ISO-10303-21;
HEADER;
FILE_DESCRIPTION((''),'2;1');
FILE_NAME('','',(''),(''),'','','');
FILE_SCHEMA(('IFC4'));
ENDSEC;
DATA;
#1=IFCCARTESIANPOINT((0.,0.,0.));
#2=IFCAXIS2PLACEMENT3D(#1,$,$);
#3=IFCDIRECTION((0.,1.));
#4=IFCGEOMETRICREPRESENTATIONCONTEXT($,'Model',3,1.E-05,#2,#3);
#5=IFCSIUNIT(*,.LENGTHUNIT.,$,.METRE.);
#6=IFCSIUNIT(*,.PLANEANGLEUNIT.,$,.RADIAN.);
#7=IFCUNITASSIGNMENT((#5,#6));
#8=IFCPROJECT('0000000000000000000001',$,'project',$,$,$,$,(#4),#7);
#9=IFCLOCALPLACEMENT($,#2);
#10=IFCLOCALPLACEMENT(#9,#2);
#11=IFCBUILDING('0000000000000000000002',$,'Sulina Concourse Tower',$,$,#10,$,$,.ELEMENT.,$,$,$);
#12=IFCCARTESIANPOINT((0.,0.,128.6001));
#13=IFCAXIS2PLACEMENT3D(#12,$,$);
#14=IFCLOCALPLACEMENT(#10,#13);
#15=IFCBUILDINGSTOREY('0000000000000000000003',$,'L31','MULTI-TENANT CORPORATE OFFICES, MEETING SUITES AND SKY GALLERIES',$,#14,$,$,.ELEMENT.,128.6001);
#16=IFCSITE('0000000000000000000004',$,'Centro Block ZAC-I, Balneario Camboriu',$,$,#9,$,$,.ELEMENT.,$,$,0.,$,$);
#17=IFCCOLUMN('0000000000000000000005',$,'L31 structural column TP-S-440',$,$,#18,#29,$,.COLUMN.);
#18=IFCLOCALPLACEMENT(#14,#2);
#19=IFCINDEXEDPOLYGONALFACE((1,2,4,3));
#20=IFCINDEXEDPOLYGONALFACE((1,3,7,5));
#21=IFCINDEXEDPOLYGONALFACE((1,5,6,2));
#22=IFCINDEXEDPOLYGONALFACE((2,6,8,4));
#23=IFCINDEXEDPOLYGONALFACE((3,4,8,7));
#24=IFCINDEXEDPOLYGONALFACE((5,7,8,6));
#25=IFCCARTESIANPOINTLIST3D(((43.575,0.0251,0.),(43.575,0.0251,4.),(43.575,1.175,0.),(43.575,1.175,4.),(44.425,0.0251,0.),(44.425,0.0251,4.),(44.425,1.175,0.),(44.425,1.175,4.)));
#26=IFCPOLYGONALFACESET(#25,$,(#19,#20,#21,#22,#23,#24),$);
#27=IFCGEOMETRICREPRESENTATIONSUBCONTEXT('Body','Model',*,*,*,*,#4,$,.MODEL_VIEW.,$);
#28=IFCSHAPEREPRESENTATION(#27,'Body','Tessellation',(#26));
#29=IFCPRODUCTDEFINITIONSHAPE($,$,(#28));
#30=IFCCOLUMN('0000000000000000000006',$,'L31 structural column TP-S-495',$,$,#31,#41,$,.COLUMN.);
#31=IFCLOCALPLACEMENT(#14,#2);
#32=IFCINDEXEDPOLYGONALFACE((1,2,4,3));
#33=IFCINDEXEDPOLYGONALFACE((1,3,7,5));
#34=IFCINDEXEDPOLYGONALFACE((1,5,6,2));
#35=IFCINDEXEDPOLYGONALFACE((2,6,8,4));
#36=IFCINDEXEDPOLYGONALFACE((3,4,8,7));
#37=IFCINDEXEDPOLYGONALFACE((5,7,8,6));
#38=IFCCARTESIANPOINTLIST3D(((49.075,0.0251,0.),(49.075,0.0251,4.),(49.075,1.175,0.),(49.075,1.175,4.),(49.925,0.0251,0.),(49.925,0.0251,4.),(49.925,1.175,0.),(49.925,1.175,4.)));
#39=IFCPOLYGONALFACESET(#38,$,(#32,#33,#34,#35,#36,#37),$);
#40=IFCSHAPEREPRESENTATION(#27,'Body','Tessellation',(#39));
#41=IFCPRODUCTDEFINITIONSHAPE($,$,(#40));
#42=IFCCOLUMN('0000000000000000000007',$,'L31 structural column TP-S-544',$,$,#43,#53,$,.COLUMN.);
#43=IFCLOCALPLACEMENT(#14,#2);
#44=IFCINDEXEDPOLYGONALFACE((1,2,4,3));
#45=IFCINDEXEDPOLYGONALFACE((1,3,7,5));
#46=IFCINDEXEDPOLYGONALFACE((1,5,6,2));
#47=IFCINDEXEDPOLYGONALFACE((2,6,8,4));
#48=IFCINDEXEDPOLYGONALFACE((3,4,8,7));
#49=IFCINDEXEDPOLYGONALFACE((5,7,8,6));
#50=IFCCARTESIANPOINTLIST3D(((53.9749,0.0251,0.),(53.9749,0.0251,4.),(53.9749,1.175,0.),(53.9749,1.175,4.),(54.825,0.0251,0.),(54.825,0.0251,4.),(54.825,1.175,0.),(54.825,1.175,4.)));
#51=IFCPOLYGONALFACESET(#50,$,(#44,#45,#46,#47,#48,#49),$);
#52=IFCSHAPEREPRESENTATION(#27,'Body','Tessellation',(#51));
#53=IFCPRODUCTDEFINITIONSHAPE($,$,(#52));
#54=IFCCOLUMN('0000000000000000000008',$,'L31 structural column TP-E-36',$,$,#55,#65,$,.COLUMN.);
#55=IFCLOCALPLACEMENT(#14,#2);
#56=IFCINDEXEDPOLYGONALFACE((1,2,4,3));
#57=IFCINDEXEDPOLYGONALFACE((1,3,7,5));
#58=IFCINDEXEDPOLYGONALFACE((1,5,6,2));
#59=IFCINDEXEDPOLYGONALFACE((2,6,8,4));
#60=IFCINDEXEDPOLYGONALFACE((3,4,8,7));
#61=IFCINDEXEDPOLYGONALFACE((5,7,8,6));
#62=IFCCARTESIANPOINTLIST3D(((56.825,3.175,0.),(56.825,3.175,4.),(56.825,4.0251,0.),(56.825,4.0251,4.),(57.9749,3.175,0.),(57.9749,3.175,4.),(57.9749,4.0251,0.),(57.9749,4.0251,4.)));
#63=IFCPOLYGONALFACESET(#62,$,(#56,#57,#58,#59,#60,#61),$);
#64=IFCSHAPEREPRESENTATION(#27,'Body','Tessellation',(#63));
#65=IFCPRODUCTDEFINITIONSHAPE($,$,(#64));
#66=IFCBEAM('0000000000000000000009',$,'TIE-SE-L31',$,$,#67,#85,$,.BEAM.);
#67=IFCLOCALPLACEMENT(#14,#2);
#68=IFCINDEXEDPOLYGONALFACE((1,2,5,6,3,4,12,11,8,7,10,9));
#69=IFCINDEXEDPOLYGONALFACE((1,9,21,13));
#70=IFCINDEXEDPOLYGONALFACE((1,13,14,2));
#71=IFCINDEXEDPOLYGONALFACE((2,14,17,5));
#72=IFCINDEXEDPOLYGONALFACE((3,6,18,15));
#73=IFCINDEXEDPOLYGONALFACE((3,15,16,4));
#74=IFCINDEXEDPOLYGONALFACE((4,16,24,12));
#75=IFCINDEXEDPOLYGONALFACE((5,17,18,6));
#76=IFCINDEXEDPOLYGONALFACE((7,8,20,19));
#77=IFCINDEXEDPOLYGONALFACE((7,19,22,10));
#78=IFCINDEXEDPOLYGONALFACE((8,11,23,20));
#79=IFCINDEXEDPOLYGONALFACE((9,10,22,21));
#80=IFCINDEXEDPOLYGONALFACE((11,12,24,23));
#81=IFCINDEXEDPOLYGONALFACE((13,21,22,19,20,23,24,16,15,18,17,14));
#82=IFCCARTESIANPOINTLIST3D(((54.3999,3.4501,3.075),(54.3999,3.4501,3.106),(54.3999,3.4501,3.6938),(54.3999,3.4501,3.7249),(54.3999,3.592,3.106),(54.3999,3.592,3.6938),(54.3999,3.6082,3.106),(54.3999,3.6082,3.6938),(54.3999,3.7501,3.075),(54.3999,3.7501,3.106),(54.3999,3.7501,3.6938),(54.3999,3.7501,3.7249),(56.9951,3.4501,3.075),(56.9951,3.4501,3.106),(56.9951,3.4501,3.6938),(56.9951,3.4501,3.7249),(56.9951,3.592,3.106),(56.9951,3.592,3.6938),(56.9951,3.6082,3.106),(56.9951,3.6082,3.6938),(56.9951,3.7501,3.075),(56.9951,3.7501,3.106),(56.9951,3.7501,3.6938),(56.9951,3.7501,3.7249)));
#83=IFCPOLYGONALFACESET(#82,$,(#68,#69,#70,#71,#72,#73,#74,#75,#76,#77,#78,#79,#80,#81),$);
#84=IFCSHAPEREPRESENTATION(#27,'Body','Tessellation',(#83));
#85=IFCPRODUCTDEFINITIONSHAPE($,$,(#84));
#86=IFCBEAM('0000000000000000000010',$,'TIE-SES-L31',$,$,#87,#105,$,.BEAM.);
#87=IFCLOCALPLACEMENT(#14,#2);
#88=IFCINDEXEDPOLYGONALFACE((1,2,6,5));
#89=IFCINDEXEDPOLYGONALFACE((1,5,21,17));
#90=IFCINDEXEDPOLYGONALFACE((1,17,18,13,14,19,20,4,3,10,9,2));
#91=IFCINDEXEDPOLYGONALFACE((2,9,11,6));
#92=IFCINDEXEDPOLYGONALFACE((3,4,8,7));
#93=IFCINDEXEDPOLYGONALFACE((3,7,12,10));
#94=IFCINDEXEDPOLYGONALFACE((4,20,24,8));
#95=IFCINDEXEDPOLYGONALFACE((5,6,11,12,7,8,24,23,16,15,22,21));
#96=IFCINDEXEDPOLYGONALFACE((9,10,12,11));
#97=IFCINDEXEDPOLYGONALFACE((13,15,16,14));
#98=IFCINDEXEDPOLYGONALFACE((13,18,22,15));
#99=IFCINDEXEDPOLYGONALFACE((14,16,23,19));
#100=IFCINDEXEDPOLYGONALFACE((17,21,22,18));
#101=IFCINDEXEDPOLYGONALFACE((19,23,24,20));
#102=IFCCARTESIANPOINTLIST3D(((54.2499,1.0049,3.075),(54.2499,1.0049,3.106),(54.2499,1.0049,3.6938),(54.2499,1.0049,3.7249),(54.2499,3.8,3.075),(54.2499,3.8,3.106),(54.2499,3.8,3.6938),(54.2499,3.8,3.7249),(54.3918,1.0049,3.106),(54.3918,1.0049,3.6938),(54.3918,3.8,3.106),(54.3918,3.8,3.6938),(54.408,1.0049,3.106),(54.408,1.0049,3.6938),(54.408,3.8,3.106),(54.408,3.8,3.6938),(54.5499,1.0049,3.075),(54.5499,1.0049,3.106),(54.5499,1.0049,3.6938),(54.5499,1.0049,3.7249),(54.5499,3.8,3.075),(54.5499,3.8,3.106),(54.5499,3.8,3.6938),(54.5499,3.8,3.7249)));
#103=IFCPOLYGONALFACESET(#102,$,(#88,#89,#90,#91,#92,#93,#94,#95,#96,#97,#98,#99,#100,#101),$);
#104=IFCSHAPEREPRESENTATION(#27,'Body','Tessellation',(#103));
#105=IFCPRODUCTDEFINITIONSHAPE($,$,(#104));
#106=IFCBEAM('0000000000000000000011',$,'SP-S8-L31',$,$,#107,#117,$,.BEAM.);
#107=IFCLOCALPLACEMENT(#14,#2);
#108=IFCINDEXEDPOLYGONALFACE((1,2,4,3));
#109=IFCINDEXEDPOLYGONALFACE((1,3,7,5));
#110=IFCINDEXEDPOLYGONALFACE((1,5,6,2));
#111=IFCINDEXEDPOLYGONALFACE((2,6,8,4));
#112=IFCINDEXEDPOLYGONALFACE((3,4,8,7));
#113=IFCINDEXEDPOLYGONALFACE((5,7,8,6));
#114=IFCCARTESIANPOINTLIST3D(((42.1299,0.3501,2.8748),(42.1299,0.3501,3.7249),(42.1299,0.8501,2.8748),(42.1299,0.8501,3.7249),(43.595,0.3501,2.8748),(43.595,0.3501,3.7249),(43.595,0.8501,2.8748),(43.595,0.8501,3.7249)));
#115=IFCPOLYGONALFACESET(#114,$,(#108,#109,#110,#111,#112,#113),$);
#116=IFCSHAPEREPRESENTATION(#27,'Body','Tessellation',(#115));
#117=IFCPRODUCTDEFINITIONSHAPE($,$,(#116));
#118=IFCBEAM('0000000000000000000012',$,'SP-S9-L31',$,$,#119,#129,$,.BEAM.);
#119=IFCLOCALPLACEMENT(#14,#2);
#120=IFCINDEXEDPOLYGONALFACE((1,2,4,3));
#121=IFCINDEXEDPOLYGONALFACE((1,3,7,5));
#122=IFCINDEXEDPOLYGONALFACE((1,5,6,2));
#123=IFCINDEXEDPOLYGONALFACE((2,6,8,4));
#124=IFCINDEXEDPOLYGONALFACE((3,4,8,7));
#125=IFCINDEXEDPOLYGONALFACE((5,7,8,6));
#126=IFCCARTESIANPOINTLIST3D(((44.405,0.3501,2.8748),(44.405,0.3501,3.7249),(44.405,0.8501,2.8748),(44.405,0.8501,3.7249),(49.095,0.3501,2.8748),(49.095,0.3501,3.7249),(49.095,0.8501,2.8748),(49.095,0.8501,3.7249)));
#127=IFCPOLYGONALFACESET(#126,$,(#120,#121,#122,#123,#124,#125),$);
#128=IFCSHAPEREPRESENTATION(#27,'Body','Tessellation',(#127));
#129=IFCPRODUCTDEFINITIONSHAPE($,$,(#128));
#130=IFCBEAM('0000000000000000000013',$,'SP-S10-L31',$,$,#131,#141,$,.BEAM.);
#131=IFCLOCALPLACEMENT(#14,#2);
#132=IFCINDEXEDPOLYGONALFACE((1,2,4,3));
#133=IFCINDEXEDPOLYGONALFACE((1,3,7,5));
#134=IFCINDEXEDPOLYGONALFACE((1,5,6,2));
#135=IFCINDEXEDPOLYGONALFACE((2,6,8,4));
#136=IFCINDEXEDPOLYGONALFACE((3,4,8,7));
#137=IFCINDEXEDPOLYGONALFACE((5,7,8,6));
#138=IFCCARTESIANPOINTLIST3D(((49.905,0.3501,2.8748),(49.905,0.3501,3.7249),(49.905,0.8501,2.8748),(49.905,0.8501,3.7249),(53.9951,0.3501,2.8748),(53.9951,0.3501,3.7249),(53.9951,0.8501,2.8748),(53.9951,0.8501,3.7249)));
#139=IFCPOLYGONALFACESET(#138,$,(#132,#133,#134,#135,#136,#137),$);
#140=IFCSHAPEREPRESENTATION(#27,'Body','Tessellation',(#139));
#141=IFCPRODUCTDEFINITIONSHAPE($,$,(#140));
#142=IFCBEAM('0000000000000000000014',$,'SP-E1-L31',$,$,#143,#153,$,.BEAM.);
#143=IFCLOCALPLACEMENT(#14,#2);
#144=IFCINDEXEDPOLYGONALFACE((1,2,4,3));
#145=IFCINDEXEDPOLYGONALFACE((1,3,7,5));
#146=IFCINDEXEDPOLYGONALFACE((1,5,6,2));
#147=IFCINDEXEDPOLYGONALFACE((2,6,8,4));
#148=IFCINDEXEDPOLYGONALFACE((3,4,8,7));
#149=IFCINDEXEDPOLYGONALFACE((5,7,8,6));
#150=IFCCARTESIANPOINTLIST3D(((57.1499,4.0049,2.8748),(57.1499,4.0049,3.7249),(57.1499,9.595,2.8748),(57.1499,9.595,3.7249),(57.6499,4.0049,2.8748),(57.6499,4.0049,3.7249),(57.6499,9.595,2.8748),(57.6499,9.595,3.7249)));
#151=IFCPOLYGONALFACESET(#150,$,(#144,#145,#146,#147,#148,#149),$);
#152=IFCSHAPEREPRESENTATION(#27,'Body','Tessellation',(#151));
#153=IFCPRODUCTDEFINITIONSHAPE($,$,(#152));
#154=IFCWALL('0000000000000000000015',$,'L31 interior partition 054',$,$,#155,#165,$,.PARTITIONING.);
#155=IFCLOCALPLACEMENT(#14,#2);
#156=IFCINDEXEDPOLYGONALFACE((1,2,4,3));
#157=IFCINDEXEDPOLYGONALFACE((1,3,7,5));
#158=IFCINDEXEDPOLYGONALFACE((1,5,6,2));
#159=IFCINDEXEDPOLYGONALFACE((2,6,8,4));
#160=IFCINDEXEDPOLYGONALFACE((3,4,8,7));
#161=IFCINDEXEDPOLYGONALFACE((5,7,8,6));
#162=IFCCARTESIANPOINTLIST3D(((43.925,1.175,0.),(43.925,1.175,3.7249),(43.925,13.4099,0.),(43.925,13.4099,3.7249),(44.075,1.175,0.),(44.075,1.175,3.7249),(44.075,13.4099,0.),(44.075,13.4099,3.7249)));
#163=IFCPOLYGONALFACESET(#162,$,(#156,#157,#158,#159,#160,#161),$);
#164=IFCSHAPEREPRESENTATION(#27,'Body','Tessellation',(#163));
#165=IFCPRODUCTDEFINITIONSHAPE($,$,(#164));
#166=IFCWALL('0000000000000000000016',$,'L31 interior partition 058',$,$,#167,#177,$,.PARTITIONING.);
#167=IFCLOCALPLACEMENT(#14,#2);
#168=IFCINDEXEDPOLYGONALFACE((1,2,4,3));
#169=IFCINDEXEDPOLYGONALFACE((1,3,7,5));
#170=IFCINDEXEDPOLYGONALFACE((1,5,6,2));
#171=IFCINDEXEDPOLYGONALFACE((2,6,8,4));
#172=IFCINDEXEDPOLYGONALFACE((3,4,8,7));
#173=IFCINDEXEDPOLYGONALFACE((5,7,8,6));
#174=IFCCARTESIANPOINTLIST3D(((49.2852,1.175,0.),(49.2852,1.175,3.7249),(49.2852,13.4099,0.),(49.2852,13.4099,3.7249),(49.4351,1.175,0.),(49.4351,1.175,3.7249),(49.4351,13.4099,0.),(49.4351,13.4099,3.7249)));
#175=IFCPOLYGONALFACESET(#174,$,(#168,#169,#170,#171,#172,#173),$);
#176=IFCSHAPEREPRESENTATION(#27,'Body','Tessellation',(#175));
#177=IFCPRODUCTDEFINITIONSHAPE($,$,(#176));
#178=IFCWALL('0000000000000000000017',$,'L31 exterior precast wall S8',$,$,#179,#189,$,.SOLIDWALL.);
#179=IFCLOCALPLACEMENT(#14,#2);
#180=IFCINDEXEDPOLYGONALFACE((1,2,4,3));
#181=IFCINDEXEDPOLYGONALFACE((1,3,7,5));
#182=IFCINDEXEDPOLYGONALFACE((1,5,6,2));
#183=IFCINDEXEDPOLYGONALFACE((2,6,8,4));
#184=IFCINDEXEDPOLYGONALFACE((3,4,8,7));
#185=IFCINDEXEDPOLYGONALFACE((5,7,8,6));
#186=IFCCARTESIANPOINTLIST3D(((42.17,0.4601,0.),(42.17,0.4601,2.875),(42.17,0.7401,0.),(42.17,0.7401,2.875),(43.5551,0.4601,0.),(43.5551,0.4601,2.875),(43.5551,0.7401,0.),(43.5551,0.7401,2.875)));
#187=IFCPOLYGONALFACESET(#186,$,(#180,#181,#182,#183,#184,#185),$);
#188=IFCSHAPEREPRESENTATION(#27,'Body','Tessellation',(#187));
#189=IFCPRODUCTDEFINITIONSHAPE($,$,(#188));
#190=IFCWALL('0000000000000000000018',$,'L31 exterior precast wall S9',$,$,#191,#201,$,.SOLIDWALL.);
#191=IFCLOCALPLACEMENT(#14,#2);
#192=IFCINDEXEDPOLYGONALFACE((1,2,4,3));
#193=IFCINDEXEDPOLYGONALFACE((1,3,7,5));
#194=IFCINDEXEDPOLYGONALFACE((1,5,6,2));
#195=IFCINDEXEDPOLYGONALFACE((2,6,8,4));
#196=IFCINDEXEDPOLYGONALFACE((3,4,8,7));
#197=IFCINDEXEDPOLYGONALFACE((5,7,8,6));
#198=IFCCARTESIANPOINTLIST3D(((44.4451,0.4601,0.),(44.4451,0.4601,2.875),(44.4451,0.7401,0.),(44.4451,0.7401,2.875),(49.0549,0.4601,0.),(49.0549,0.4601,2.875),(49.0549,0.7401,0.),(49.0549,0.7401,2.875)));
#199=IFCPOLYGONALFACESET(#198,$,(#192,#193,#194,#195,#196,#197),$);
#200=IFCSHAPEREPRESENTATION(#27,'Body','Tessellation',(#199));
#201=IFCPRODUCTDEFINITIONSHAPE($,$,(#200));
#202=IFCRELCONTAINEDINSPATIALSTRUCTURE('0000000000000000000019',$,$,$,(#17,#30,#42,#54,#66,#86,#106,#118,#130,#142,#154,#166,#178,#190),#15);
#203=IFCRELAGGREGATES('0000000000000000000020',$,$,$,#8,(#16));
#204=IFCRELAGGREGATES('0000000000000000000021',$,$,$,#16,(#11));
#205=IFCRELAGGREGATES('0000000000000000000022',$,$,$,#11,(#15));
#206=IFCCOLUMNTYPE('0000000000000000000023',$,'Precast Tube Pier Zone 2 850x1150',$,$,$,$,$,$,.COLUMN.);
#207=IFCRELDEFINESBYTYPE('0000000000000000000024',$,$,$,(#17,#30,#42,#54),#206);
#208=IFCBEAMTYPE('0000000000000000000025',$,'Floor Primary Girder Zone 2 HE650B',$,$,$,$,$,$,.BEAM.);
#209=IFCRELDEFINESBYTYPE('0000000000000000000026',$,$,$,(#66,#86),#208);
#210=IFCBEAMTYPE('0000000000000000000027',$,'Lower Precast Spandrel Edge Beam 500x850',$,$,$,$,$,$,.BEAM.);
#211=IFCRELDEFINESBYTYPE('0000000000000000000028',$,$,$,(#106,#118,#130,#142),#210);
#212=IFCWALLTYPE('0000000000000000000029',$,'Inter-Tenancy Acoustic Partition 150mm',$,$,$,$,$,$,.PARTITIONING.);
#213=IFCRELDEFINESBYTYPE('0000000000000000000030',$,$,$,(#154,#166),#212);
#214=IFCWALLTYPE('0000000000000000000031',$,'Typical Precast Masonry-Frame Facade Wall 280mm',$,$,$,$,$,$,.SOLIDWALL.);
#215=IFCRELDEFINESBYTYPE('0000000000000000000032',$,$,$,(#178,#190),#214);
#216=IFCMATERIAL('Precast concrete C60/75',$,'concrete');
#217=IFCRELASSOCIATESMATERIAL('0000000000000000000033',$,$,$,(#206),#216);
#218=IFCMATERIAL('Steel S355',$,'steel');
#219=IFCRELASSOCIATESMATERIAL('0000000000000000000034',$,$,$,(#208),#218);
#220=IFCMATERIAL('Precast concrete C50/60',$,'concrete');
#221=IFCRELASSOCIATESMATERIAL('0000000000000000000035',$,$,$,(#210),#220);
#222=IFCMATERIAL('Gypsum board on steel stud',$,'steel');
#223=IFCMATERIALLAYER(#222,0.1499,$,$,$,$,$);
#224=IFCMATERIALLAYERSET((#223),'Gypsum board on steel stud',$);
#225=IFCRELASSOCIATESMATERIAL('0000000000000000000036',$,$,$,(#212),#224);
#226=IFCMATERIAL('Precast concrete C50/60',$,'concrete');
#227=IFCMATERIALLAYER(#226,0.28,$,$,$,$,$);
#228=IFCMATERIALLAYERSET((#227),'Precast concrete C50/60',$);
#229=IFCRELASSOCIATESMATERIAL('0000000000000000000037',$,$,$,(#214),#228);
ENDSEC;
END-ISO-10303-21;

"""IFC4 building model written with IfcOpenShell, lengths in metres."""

from ifc_helpers import new_model, si_unit, direction, frame, frame_2d, origin, origin_2d, place, context, subcontext, project, spatial, rectangle, i_section, extrude, material, layer, layer_set, material_profile, profile_set, type_object, element, save


model = new_model("IFC4")

# Units and contexts
model_context = context("Model", 3, precision=1e-05, world=origin(), true_north=direction((0.0, 1.0)))
body_context = subcontext(model_context, "Body", "Model", "MODEL_VIEW")
ifc_project = project(units=[si_unit("LENGTHUNIT", "METRE"), si_unit("PLANEANGLEUNIT", "RADIAN")], contexts=[model_context])

# Site, building, storey
site_placement = place(None, origin())
site = spatial("IfcSite", under=ifc_project, at=site_placement, Name="Centro Block ZAC-I, Balneario Camboriu", CompositionType="ELEMENT", RefElevation=0.0)
building_placement = place(site_placement, origin())
building = spatial("IfcBuilding", under=site, at=building_placement, Name="Sulina Concourse Tower", CompositionType="ELEMENT")
storey_placement = place(building_placement, frame((0.0, 0.0, 128.6001)))
storey = spatial("IfcBuildingStorey", under=building, at=storey_placement, Name="L31", Description="MULTI-TENANT CORPORATE OFFICES, MEETING SUITES AND SKY GALLERIES", CompositionType="ELEMENT", Elevation=128.6001)

# Columns
ifc_material_1 = material(Name="Precast concrete C60/75", Category="concrete")
ifc_material_profile_1 = material_profile(ifc_material_1, rectangle(XDim=0.8501, YDim=1.1499, at=origin_2d()), Name="PC 850x1150")
ifc_profile_set_1 = profile_set([ifc_material_profile_1], Name="Precast concrete C60/75")
column_type = type_object("IfcColumnType", Name="Precast Tube Pier Zone 2 850x1150", PredefinedType="COLUMN", material=ifc_profile_set_1)
for number, where, z_axis, x_axis, name in (
    (1, (44.0, 0.6001, 0.0), (0.0, 0.0, 1.0), (1.0, 0.0, 0.0), "L31 structural column TP-S-440"),
    (2, (49.5, 0.6001, 0.0), (0.0, 0.0, 1.0), (1.0, 0.0, 0.0), "L31 structural column TP-S-495"),
    (3, (54.3999, 0.6001, 0.0), (0.0, 0.0, 1.0), (1.0, 0.0, 0.0), "L31 structural column TP-S-544"),
    (4, (57.3999, 3.6001, 0.0), (0.0, 0.0, 1.0), (0.0, 1.0, 0.0), "L31 structural column TP-E-36"),
):
    element("IfcColumn", number, at=place(storey_placement, frame(where, z_axis=z_axis, x_axis=x_axis)), inside=storey, type_object=column_type, Name=name, PredefinedType="COLUMN", context=body_context, shape_type="SweptSolid", body=[
        extrude(rectangle(XDim=0.8501, YDim=1.1499, at=origin_2d()), origin(), (0.0, 0.0, 1.0), 4.0),
    ])

# Beams
ifc_material_2 = material(Name="Steel S355", Category="steel")
ifc_material_profile_2 = material_profile(ifc_material_2, i_section(OverallWidth=0.3, OverallDepth=0.6499, WebThickness=0.0161, FlangeThickness=0.031, at=origin_2d()), Name="HE 650 B")
ifc_profile_set_2 = profile_set([ifc_material_profile_2], Name="Steel S355")
beam_type_1 = type_object("IfcBeamType", Name="Floor Primary Girder Zone 2 HE650B", PredefinedType="BEAM", material=ifc_profile_set_2)
beam_1_placement = place(storey_placement, frame((54.3999, 3.6001, 3.3999), z_axis=(1.0, 0.0, 0.0), x_axis=(0.0, 1.0, 0.0)))
element("IfcBeam", 5, at=beam_1_placement, inside=storey, type_object=beam_type_1, Name="TIE-SE-L31", PredefinedType="BEAM", context=body_context, shape_type="SweptSolid", body=[
    extrude(i_section(OverallWidth=0.3, OverallDepth=0.6499, WebThickness=0.0161, FlangeThickness=0.031, at=origin_2d()), origin(), (0.0, 0.0, 1.0), 2.5952),
])
beam_2_placement = place(storey_placement, frame((54.3999, 1.0049, 3.3999), z_axis=(0.0, 1.0, 0.0), x_axis=(-1.0, 0.0, 0.0)))
element("IfcBeam", 6, at=beam_2_placement, inside=storey, type_object=beam_type_1, Name="TIE-SES-L31", PredefinedType="BEAM", context=body_context, shape_type="SweptSolid", body=[
    extrude(i_section(OverallWidth=0.3, OverallDepth=0.6499, WebThickness=0.0161, FlangeThickness=0.031, at=origin_2d()), origin(), (0.0, 0.0, 1.0), 2.7952),
])
ifc_material_3 = material(Name="Precast concrete C50/60", Category="concrete")
ifc_material_profile_3 = material_profile(ifc_material_3, rectangle(XDim=0.5, YDim=0.8501, at=origin_2d()), Name="RC 500x850")
ifc_profile_set_3 = profile_set([ifc_material_profile_3], Name="Precast concrete C50/60")
beam_type_2 = type_object("IfcBeamType", Name="Lower Precast Spandrel Edge Beam 500x850", PredefinedType="BEAM", material=ifc_profile_set_3)
beam_3_placement = place(storey_placement, frame((42.1299, 0.6001, 3.2998), z_axis=(1.0, 0.0, 0.0), x_axis=(0.0, 1.0, 0.0)))
element("IfcBeam", 7, at=beam_3_placement, inside=storey, type_object=beam_type_2, Name="SP-S8-L31", PredefinedType="BEAM", context=body_context, shape_type="SweptSolid", body=[
    extrude(rectangle(XDim=0.5, YDim=0.8501, at=origin_2d()), origin(), (0.0, 0.0, 1.0), 1.4651),
])
beam_4_placement = place(storey_placement, frame((44.405, 0.6001, 3.2998), z_axis=(1.0, 0.0, 0.0), x_axis=(0.0, 1.0, 0.0)))
element("IfcBeam", 8, at=beam_4_placement, inside=storey, type_object=beam_type_2, Name="SP-S9-L31", PredefinedType="BEAM", context=body_context, shape_type="SweptSolid", body=[
    extrude(rectangle(XDim=0.5, YDim=0.8501, at=origin_2d()), origin(), (0.0, 0.0, 1.0), 4.6899),
])
beam_5_placement = place(storey_placement, frame((49.905, 0.6001, 3.2998), z_axis=(1.0, 0.0, 0.0), x_axis=(0.0, 1.0, 0.0)))
element("IfcBeam", 9, at=beam_5_placement, inside=storey, type_object=beam_type_2, Name="SP-S10-L31", PredefinedType="BEAM", context=body_context, shape_type="SweptSolid", body=[
    extrude(rectangle(XDim=0.5, YDim=0.8501, at=origin_2d()), origin(), (0.0, 0.0, 1.0), 4.0901),
])
beam_6_placement = place(storey_placement, frame((57.3999, 4.0049, 3.2998), z_axis=(0.0, 1.0, 0.0), x_axis=(-1.0, 0.0, 0.0)))
element("IfcBeam", 10, at=beam_6_placement, inside=storey, type_object=beam_type_2, Name="SP-E1-L31", PredefinedType="BEAM", context=body_context, shape_type="SweptSolid", body=[
    extrude(rectangle(XDim=0.5, YDim=0.8501, at=origin_2d()), origin(), (0.0, 0.0, 1.0), 5.5901),
])

# Walls
ifc_material_4 = material(Name="Gypsum board on steel stud", Category="steel")
ifc_layer_1 = layer(ifc_material_4, 0.1499)
ifc_layer_set_1 = layer_set([ifc_layer_1], Name="Gypsum board on steel stud")
wall_type_1 = type_object("IfcWallType", Name="Inter-Tenancy Acoustic Partition 150mm", PredefinedType="PARTITIONING", material=ifc_layer_set_1)
for number, where, z_axis, x_axis, name in (
    (11, (44.0, 1.175, 0.0), (0.0, 0.0, 1.0), (0.0, 1.0, 0.0), "L31 interior partition 054"),
    (12, (49.3601, 1.175, 0.0), (0.0, 0.0, 1.0), (0.0, 1.0, 0.0), "L31 interior partition 058"),
):
    element("IfcWall", number, at=place(storey_placement, frame(where, z_axis=z_axis, x_axis=x_axis)), inside=storey, type_object=wall_type_1, Name=name, PredefinedType="PARTITIONING", context=body_context, shape_type="SweptSolid", body=[
        extrude(rectangle(XDim=12.2349, YDim=0.1499, at=frame_2d((6.1174, 0.0))), origin(), (0.0, 0.0, 1.0), 3.7249),
    ])
ifc_material_5 = material(Name="Precast concrete C50/60", Category="concrete")
ifc_layer_2 = layer(ifc_material_5, 0.28)
ifc_layer_set_2 = layer_set([ifc_layer_2], Name="Precast concrete C50/60")
wall_type_2 = type_object("IfcWallType", Name="Typical Precast Masonry-Frame Facade Wall 280mm", PredefinedType="SOLIDWALL", material=ifc_layer_set_2)
wall_1_placement = place(storey_placement, frame((43.5549, 0.6001, 0.0), z_axis=(0.0, 0.0, 1.0), x_axis=(-1.0, 0.0, 0.0)))
element("IfcWall", 13, at=wall_1_placement, inside=storey, type_object=wall_type_2, Name="L31 exterior precast wall S8", PredefinedType="SOLIDWALL", context=body_context, shape_type="SweptSolid", body=[
    extrude(rectangle(XDim=1.385, YDim=0.28, at=frame_2d((0.6924, 0.0))), origin(), (0.0, 0.0, 1.0), 2.875),
])
wall_2_placement = place(storey_placement, frame((49.0549, 0.6001, 0.0), z_axis=(0.0, 0.0, 1.0), x_axis=(-1.0, 0.0, 0.0)))
element("IfcWall", 14, at=wall_2_placement, inside=storey, type_object=wall_type_2, Name="L31 exterior precast wall S9", PredefinedType="SOLIDWALL", context=body_context, shape_type="SweptSolid", body=[
    extrude(rectangle(XDim=4.6099, YDim=0.28, at=frame_2d((2.3049, 0.0))), origin(), (0.0, 0.0, 1.0), 2.875),
])

save(model, "model.ifc")
